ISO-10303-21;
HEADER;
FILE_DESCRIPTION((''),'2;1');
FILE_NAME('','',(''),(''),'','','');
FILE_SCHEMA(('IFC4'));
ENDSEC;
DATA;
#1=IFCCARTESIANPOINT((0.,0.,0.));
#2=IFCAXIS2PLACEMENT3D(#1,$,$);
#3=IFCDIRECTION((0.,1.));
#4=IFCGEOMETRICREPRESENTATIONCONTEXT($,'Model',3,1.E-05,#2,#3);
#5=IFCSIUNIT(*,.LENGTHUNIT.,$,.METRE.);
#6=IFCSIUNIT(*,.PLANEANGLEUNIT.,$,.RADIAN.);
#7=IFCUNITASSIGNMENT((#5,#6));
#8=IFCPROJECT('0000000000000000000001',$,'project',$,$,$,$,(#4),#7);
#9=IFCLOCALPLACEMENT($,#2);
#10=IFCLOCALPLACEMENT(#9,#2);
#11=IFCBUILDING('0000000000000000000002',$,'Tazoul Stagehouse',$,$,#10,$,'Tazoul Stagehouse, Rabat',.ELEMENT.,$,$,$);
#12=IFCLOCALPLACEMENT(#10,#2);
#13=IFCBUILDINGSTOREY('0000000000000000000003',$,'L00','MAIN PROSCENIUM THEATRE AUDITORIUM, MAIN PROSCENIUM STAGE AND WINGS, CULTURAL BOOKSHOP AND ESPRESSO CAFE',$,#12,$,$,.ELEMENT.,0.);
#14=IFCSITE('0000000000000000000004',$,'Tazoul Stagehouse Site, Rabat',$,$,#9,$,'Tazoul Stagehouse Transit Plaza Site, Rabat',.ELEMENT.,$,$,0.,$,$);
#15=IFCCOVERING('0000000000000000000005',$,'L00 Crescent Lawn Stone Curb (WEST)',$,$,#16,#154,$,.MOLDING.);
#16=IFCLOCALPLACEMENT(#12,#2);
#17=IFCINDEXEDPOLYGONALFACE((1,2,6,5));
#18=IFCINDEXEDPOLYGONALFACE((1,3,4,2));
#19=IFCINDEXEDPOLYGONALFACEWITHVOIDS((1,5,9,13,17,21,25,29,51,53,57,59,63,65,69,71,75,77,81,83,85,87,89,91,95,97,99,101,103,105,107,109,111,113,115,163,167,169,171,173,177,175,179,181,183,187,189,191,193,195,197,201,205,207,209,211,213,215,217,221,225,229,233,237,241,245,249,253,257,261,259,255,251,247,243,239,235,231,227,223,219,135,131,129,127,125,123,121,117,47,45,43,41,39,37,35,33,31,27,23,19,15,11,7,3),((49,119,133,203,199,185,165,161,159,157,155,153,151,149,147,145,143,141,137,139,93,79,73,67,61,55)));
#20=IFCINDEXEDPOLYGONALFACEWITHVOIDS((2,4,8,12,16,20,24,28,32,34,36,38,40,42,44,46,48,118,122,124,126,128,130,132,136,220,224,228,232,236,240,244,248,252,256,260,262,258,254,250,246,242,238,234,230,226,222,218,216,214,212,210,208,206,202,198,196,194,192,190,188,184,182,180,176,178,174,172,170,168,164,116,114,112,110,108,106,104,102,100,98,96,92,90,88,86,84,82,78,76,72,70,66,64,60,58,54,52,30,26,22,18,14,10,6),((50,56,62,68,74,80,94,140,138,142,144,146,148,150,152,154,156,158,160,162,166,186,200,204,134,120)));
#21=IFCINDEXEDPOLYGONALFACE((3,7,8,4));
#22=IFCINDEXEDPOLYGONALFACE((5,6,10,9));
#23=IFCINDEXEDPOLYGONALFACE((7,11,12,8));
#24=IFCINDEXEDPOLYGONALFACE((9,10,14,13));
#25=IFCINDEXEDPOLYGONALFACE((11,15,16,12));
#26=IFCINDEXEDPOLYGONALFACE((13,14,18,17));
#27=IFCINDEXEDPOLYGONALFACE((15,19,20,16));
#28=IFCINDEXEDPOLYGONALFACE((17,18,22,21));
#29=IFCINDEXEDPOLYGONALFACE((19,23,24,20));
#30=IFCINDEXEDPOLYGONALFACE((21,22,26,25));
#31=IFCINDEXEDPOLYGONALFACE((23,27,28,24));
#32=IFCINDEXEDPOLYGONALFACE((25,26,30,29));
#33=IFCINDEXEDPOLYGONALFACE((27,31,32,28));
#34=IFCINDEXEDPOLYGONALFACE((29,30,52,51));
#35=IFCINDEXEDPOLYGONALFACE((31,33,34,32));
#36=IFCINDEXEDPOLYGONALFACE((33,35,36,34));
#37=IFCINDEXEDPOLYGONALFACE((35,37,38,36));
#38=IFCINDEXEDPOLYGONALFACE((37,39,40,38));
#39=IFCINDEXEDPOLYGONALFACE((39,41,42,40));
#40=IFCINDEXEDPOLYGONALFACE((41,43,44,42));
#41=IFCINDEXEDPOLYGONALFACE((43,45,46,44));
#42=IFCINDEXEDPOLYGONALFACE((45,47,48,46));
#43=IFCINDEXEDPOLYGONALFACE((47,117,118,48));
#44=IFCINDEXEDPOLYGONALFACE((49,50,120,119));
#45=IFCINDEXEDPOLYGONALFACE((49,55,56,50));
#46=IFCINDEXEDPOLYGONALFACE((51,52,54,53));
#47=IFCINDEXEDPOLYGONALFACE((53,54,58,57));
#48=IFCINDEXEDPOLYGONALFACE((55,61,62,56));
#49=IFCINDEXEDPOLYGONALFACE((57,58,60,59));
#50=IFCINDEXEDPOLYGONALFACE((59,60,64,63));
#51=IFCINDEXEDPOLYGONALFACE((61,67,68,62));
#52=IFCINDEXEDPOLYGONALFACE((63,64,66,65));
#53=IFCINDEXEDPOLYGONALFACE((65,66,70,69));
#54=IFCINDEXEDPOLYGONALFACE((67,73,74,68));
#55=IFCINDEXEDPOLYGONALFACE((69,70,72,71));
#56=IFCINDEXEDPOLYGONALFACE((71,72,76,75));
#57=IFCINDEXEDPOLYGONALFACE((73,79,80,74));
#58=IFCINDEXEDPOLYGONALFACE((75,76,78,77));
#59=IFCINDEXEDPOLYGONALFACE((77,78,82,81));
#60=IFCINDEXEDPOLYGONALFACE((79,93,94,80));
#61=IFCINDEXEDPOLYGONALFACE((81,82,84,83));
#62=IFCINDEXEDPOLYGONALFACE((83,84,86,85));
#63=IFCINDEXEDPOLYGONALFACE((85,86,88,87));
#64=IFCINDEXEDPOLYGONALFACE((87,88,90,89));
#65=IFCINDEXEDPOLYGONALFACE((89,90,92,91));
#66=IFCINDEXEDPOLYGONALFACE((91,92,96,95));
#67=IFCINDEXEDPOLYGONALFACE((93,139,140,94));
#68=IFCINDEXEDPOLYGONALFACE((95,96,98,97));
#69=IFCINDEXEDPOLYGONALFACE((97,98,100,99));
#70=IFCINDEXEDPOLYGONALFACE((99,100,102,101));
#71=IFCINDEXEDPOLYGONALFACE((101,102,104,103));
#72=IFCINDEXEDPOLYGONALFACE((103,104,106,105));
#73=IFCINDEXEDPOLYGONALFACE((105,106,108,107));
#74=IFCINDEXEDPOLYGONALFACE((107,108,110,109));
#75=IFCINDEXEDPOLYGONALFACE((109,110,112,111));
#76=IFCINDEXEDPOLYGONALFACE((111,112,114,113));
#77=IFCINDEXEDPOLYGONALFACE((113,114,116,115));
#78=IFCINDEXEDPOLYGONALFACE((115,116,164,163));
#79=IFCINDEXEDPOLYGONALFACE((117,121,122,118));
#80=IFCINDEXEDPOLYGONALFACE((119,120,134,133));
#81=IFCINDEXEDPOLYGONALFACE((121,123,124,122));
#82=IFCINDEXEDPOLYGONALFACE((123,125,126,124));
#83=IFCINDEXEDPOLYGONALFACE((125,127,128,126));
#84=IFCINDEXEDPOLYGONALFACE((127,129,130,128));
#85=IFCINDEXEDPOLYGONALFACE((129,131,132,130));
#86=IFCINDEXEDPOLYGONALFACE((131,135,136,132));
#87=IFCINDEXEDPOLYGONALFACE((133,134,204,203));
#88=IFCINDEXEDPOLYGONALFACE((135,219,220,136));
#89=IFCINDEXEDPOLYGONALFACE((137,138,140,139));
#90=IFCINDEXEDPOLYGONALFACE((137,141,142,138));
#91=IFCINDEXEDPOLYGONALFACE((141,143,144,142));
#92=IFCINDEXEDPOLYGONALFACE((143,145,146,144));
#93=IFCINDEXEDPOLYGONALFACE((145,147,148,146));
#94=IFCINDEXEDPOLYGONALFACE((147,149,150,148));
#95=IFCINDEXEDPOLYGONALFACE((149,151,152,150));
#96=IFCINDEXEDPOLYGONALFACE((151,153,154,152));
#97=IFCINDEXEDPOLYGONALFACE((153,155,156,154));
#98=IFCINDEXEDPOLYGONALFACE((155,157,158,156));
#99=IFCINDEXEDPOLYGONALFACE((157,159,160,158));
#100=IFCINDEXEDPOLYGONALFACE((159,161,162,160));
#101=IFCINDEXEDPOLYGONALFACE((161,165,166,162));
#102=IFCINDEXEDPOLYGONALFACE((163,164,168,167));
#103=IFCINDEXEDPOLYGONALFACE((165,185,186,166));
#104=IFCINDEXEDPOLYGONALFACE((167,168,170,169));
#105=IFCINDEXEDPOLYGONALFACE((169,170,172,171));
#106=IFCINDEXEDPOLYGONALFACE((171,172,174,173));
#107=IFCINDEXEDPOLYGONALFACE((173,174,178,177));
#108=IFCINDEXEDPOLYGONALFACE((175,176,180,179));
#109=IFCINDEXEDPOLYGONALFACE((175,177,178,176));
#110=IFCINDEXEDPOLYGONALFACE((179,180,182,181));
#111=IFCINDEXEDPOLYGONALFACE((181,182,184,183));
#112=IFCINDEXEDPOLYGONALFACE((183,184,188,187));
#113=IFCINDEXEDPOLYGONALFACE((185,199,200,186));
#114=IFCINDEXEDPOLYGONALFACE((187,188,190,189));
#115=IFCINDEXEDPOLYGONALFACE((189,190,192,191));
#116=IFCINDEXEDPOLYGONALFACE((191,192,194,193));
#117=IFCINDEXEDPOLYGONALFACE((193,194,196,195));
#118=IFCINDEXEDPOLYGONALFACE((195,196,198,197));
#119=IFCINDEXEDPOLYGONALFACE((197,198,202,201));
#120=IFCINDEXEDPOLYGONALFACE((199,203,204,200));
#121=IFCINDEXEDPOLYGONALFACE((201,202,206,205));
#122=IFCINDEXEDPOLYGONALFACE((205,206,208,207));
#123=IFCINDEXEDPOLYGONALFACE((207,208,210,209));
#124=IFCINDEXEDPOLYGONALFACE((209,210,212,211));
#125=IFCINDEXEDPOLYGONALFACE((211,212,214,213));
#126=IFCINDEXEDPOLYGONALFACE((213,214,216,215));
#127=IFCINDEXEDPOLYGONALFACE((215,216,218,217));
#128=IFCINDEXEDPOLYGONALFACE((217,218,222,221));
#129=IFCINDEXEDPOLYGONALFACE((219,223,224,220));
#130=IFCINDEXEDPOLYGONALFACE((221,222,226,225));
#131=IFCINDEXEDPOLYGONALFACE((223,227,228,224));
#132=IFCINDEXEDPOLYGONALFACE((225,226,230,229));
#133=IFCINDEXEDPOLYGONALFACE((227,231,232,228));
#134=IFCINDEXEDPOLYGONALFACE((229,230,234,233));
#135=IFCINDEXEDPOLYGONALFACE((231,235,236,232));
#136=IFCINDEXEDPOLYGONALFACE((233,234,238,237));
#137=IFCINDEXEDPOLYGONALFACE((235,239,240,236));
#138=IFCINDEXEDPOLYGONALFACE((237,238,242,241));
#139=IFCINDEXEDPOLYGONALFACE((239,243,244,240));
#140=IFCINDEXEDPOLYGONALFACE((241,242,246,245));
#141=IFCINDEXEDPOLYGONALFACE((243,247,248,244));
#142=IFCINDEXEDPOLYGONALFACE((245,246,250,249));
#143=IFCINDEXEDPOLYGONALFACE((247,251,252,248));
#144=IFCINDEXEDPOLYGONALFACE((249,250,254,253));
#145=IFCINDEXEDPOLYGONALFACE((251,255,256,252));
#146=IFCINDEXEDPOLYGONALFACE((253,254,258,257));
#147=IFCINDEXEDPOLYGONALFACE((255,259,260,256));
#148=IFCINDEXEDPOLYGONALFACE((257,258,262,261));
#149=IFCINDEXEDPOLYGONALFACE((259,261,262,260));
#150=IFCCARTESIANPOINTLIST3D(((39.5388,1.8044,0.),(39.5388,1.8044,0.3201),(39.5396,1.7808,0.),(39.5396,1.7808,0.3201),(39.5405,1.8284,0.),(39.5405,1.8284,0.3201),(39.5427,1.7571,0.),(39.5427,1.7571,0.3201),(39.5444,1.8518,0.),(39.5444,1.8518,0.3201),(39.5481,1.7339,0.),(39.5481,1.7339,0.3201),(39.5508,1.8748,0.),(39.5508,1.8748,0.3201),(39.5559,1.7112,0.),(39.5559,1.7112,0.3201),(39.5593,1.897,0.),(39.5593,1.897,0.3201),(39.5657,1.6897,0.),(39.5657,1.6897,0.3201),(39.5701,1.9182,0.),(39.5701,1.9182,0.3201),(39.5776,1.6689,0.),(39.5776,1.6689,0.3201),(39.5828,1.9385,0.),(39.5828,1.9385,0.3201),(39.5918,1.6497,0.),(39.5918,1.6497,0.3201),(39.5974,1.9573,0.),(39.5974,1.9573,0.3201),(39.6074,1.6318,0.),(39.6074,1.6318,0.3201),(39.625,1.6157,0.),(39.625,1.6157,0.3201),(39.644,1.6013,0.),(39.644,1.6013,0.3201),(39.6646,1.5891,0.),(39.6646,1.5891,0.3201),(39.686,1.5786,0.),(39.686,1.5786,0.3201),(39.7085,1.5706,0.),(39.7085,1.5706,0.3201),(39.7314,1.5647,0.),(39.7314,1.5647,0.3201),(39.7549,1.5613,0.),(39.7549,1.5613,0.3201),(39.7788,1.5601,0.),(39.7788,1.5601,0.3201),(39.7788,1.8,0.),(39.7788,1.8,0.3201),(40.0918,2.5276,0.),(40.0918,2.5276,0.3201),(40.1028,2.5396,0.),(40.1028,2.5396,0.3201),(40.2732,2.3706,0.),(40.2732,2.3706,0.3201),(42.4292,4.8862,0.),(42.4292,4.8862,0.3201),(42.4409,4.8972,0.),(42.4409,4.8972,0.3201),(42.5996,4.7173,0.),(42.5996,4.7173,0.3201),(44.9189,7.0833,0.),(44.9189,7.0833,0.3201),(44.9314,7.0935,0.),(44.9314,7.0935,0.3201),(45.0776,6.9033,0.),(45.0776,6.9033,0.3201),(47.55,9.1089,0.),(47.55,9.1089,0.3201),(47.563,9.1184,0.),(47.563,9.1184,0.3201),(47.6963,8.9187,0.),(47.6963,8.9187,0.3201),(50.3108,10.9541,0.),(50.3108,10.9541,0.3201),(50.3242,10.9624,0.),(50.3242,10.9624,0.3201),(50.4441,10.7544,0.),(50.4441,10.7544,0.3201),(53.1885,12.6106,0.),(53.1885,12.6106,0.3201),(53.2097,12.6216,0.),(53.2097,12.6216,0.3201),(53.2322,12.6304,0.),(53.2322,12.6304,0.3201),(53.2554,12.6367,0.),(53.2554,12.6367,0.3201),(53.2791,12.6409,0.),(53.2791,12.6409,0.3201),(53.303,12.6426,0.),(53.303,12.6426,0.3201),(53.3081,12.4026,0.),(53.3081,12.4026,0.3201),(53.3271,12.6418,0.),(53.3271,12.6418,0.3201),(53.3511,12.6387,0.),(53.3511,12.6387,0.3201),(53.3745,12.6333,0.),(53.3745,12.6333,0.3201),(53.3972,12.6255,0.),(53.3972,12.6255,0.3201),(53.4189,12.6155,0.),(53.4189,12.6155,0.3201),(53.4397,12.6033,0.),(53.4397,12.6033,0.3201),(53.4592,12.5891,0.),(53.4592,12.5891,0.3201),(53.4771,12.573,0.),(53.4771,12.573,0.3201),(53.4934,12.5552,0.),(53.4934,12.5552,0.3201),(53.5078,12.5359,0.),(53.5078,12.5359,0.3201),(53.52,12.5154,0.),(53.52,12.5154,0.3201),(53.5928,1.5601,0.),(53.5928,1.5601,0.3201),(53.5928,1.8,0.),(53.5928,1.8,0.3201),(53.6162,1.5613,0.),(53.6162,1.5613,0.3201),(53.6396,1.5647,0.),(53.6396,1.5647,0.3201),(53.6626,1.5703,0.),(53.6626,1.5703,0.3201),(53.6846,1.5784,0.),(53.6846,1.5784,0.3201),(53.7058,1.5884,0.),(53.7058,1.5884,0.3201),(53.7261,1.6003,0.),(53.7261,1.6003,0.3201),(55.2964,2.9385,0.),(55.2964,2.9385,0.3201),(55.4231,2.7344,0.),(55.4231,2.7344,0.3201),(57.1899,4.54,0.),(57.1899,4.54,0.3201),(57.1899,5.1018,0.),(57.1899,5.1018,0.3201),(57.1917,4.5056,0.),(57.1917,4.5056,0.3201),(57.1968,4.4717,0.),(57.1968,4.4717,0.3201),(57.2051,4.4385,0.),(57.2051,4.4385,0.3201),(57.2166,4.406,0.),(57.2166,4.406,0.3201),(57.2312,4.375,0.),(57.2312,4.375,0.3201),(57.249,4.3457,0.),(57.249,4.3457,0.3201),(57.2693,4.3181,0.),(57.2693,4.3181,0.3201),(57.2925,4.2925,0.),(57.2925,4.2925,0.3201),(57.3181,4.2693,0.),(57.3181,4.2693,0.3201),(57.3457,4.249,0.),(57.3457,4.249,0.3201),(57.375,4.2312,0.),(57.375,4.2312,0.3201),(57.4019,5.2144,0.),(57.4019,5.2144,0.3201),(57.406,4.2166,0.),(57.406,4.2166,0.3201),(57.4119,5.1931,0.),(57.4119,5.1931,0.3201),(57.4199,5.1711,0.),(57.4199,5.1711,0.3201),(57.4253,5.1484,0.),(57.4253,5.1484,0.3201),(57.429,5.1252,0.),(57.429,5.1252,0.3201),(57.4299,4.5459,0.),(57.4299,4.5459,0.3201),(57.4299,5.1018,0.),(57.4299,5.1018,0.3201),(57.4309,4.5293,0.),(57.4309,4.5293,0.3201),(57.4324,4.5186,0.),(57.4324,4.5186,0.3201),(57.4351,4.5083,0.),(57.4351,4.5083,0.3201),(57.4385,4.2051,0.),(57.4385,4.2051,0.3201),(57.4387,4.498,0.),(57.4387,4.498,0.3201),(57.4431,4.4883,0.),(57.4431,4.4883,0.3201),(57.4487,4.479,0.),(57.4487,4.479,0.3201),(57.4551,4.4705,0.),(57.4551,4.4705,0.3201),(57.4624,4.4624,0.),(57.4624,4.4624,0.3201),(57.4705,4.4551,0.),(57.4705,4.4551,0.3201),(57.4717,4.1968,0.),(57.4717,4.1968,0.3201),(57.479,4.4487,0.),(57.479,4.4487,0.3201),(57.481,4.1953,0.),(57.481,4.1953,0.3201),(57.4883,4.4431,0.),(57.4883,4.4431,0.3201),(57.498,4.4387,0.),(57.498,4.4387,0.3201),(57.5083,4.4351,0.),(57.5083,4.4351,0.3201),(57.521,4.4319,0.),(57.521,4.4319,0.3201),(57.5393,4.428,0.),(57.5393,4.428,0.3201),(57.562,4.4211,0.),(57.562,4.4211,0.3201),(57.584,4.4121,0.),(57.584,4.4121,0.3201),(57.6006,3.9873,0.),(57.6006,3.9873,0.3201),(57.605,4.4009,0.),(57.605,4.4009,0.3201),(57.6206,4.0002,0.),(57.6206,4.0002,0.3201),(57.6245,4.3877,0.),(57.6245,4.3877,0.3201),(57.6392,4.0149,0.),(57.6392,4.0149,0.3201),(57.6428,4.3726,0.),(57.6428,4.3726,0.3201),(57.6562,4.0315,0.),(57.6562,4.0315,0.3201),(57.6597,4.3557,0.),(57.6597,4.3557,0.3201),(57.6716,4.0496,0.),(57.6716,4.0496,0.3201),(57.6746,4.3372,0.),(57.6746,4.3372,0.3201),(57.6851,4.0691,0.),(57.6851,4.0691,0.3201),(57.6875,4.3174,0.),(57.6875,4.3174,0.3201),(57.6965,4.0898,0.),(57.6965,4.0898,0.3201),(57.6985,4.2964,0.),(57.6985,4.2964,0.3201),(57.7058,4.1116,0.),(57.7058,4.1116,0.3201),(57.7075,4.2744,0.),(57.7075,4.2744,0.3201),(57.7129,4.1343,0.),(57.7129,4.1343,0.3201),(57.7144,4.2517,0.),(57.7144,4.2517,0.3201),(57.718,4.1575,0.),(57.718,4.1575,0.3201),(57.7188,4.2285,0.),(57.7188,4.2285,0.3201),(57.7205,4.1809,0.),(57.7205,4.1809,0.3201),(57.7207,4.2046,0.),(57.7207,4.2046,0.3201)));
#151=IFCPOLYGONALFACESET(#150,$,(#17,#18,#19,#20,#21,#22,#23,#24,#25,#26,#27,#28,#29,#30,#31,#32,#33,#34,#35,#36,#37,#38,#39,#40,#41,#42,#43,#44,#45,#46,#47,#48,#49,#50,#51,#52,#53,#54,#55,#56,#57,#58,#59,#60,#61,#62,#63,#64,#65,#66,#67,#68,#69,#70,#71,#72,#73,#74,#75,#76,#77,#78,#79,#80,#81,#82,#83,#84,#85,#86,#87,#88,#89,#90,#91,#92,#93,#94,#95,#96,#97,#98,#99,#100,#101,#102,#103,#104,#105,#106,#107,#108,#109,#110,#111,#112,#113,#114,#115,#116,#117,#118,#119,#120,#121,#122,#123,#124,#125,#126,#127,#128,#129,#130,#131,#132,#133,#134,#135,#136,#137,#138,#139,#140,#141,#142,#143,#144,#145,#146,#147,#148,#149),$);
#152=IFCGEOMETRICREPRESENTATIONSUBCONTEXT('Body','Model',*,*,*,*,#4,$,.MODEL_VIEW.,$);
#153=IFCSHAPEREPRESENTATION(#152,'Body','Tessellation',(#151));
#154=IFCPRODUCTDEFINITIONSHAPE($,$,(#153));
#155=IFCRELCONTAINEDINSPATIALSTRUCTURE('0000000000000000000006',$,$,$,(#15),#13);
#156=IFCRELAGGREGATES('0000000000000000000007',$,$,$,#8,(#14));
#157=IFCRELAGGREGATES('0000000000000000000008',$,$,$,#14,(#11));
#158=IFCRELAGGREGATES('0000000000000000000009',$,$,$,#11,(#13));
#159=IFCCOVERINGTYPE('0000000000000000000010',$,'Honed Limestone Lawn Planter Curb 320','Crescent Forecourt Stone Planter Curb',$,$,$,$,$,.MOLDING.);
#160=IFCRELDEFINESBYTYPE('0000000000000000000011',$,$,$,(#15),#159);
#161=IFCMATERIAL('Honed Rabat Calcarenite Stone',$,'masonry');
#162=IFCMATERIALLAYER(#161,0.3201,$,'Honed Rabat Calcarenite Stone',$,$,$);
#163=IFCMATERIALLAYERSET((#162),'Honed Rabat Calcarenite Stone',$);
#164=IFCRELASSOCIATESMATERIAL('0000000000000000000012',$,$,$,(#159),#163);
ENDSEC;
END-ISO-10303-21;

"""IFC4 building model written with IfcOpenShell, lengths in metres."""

from ifc_helpers import new_model, si_unit, direction, origin, place, context, subcontext, project, spatial, polyline, outline, extrude, material, layer, layer_set, type_object, element, save


model = new_model("IFC4")

# Units and contexts
model_context = context("Model", 3, precision=1e-05, world=origin(), true_north=direction((0.0, 1.0)))
body_context = subcontext(model_context, "Body", "Model", "MODEL_VIEW")
ifc_project = project(units=[si_unit("LENGTHUNIT", "METRE"), si_unit("PLANEANGLEUNIT", "RADIAN")], contexts=[model_context])

# Site, building, storey
site_placement = place(None, origin())
site = spatial("IfcSite", under=ifc_project, at=site_placement, Name="Tazoul Stagehouse Site, Rabat", LongName="Tazoul Stagehouse Transit Plaza Site, Rabat", CompositionType="ELEMENT", RefElevation=0.0)
building_placement = place(site_placement, origin())
building = spatial("IfcBuilding", under=site, at=building_placement, Name="Tazoul Stagehouse", LongName="Tazoul Stagehouse, Rabat", CompositionType="ELEMENT")
storey_placement = place(building_placement, origin())
storey = spatial("IfcBuildingStorey", under=building, at=storey_placement, Name="L00", Description="MAIN PROSCENIUM THEATRE AUDITORIUM, MAIN PROSCENIUM STAGE AND WINGS, CULTURAL BOOKSHOP AND ESPRESSO CAFE", CompositionType="ELEMENT", Elevation=0.0)

# Covering
ifc_material_1 = material(Name="Honed Rabat Calcarenite Stone", Category="masonry")
ifc_layer_1 = layer(ifc_material_1, 0.3201, Name="Honed Rabat Calcarenite Stone")
ifc_layer_set_1 = layer_set([ifc_layer_1], Name="Honed Rabat Calcarenite Stone")
covering_type_1 = type_object("IfcCoveringType", Name="Honed Limestone Lawn Planter Curb 320", Description="Crescent Forecourt Stone Planter Curb", PredefinedType="MOLDING", material=ifc_layer_set_1)
covering_1_placement = place(storey_placement, origin())
element("IfcCovering", 1, at=covering_1_placement, inside=storey, type_object=covering_type_1, Name="L00 Crescent Lawn Stone Curb (WEST)", PredefinedType="MOLDING", context=body_context, shape_type="SweptSolid", body=[
    extrude(outline(polyline([(40.1028, 2.5396), (42.4292, 4.8862), (42.4409, 4.8972), (44.9189, 7.0833), (44.9314, 7.0935), (47.55, 9.1089), (47.563, 9.1184), (50.3108, 10.9541), (50.3242, 10.9624), (53.1885, 12.6106), (53.2097, 12.6216), (53.2322, 12.6304), (53.2554, 12.6367), (53.2791, 12.6409), (53.303, 12.6426), (53.3271, 12.6418), (53.3511, 12.6387), (53.3745, 12.6333), (53.3972, 12.6255), (53.4189, 12.6155), (53.4397, 12.6033), (53.4592, 12.5891), (53.4771, 12.573), (53.4934, 12.5552), (53.5078, 12.5359), (53.52, 12.5154), (57.4019, 5.2144), (57.4119, 5.1931), (57.4199, 5.1711), (57.4253, 5.1484), (57.429, 5.1252), (57.4299, 5.1018), (57.4299, 4.5459), (57.4309, 4.5293), (57.4324, 4.5186), (57.4351, 4.5083), (57.4387, 4.498), (57.4431, 4.4883), (57.4487, 4.479), (57.4551, 4.4705), (57.4624, 4.4624), (57.4705, 4.4551), (57.479, 4.4487), (57.4883, 4.4431), (57.498, 4.4387), (57.5083, 4.4351), (57.521, 4.4319), (57.5393, 4.428), (57.562, 4.4211), (57.584, 4.4121), (57.605, 4.4009), (57.6245, 4.3877), (57.6428, 4.3726), (57.6597, 4.3557), (57.6746, 4.3372), (57.6875, 4.3174), (57.6985, 4.2964), (57.7075, 4.2744), (57.7144, 4.2517), (57.7188, 4.2285), (57.7207, 4.2046), (57.7205, 4.1809), (57.718, 4.1575), (57.7129, 4.1343), (57.7058, 4.1116), (57.6965, 4.0898), (57.6851, 4.0691), (57.6716, 4.0496), (57.6562, 4.0315), (57.6392, 4.0149), (57.6206, 4.0002), (57.6006, 3.9873), (55.4231, 2.7344), (53.7261, 1.6003), (53.7058, 1.5884), (53.6846, 1.5784), (53.6626, 1.5703), (53.6396, 1.5647), (53.6162, 1.5613), (53.5928, 1.5601), (39.7788, 1.5601), (39.7549, 1.5613), (39.7314, 1.5647), (39.7085, 1.5706), (39.686, 1.5786), (39.6646, 1.5891), (39.644, 1.6013), (39.625, 1.6157), (39.6074, 1.6318), (39.5918, 1.6497), (39.5776, 1.6689), (39.5657, 1.6897), (39.5559, 1.7112), (39.5481, 1.7339), (39.5427, 1.7571), (39.5396, 1.7808), (39.5388, 1.8044), (39.5405, 1.8284), (39.5444, 1.8518), (39.5508, 1.8748), (39.5593, 1.897), (39.5701, 1.9182), (39.5828, 1.9385), (39.5974, 1.9573), (40.0918, 2.5276), (40.1028, 2.5396)]), holes=[polyline([(39.7788, 1.8), (53.5928, 1.8), (55.2964, 2.9385), (57.481, 4.1953), (57.4717, 4.1968), (57.4385, 4.2051), (57.406, 4.2166), (57.375, 4.2312), (57.3457, 4.249), (57.3181, 4.2693), (57.2925, 4.2925), (57.2693, 4.3181), (57.249, 4.3457), (57.2312, 4.375), (57.2166, 4.406), (57.2051, 4.4385), (57.1968, 4.4717), (57.1917, 4.5056), (57.1899, 4.54), (57.1899, 5.1018), (53.3081, 12.4026), (50.4441, 10.7544), (47.6963, 8.9187), (45.0776, 6.9033), (42.5996, 4.7173), (40.2732, 2.3706), (39.7788, 1.8)])]), origin(), (0.0, 0.0, 1.0), 0.3201),
])

save(model, "model.ifc")
